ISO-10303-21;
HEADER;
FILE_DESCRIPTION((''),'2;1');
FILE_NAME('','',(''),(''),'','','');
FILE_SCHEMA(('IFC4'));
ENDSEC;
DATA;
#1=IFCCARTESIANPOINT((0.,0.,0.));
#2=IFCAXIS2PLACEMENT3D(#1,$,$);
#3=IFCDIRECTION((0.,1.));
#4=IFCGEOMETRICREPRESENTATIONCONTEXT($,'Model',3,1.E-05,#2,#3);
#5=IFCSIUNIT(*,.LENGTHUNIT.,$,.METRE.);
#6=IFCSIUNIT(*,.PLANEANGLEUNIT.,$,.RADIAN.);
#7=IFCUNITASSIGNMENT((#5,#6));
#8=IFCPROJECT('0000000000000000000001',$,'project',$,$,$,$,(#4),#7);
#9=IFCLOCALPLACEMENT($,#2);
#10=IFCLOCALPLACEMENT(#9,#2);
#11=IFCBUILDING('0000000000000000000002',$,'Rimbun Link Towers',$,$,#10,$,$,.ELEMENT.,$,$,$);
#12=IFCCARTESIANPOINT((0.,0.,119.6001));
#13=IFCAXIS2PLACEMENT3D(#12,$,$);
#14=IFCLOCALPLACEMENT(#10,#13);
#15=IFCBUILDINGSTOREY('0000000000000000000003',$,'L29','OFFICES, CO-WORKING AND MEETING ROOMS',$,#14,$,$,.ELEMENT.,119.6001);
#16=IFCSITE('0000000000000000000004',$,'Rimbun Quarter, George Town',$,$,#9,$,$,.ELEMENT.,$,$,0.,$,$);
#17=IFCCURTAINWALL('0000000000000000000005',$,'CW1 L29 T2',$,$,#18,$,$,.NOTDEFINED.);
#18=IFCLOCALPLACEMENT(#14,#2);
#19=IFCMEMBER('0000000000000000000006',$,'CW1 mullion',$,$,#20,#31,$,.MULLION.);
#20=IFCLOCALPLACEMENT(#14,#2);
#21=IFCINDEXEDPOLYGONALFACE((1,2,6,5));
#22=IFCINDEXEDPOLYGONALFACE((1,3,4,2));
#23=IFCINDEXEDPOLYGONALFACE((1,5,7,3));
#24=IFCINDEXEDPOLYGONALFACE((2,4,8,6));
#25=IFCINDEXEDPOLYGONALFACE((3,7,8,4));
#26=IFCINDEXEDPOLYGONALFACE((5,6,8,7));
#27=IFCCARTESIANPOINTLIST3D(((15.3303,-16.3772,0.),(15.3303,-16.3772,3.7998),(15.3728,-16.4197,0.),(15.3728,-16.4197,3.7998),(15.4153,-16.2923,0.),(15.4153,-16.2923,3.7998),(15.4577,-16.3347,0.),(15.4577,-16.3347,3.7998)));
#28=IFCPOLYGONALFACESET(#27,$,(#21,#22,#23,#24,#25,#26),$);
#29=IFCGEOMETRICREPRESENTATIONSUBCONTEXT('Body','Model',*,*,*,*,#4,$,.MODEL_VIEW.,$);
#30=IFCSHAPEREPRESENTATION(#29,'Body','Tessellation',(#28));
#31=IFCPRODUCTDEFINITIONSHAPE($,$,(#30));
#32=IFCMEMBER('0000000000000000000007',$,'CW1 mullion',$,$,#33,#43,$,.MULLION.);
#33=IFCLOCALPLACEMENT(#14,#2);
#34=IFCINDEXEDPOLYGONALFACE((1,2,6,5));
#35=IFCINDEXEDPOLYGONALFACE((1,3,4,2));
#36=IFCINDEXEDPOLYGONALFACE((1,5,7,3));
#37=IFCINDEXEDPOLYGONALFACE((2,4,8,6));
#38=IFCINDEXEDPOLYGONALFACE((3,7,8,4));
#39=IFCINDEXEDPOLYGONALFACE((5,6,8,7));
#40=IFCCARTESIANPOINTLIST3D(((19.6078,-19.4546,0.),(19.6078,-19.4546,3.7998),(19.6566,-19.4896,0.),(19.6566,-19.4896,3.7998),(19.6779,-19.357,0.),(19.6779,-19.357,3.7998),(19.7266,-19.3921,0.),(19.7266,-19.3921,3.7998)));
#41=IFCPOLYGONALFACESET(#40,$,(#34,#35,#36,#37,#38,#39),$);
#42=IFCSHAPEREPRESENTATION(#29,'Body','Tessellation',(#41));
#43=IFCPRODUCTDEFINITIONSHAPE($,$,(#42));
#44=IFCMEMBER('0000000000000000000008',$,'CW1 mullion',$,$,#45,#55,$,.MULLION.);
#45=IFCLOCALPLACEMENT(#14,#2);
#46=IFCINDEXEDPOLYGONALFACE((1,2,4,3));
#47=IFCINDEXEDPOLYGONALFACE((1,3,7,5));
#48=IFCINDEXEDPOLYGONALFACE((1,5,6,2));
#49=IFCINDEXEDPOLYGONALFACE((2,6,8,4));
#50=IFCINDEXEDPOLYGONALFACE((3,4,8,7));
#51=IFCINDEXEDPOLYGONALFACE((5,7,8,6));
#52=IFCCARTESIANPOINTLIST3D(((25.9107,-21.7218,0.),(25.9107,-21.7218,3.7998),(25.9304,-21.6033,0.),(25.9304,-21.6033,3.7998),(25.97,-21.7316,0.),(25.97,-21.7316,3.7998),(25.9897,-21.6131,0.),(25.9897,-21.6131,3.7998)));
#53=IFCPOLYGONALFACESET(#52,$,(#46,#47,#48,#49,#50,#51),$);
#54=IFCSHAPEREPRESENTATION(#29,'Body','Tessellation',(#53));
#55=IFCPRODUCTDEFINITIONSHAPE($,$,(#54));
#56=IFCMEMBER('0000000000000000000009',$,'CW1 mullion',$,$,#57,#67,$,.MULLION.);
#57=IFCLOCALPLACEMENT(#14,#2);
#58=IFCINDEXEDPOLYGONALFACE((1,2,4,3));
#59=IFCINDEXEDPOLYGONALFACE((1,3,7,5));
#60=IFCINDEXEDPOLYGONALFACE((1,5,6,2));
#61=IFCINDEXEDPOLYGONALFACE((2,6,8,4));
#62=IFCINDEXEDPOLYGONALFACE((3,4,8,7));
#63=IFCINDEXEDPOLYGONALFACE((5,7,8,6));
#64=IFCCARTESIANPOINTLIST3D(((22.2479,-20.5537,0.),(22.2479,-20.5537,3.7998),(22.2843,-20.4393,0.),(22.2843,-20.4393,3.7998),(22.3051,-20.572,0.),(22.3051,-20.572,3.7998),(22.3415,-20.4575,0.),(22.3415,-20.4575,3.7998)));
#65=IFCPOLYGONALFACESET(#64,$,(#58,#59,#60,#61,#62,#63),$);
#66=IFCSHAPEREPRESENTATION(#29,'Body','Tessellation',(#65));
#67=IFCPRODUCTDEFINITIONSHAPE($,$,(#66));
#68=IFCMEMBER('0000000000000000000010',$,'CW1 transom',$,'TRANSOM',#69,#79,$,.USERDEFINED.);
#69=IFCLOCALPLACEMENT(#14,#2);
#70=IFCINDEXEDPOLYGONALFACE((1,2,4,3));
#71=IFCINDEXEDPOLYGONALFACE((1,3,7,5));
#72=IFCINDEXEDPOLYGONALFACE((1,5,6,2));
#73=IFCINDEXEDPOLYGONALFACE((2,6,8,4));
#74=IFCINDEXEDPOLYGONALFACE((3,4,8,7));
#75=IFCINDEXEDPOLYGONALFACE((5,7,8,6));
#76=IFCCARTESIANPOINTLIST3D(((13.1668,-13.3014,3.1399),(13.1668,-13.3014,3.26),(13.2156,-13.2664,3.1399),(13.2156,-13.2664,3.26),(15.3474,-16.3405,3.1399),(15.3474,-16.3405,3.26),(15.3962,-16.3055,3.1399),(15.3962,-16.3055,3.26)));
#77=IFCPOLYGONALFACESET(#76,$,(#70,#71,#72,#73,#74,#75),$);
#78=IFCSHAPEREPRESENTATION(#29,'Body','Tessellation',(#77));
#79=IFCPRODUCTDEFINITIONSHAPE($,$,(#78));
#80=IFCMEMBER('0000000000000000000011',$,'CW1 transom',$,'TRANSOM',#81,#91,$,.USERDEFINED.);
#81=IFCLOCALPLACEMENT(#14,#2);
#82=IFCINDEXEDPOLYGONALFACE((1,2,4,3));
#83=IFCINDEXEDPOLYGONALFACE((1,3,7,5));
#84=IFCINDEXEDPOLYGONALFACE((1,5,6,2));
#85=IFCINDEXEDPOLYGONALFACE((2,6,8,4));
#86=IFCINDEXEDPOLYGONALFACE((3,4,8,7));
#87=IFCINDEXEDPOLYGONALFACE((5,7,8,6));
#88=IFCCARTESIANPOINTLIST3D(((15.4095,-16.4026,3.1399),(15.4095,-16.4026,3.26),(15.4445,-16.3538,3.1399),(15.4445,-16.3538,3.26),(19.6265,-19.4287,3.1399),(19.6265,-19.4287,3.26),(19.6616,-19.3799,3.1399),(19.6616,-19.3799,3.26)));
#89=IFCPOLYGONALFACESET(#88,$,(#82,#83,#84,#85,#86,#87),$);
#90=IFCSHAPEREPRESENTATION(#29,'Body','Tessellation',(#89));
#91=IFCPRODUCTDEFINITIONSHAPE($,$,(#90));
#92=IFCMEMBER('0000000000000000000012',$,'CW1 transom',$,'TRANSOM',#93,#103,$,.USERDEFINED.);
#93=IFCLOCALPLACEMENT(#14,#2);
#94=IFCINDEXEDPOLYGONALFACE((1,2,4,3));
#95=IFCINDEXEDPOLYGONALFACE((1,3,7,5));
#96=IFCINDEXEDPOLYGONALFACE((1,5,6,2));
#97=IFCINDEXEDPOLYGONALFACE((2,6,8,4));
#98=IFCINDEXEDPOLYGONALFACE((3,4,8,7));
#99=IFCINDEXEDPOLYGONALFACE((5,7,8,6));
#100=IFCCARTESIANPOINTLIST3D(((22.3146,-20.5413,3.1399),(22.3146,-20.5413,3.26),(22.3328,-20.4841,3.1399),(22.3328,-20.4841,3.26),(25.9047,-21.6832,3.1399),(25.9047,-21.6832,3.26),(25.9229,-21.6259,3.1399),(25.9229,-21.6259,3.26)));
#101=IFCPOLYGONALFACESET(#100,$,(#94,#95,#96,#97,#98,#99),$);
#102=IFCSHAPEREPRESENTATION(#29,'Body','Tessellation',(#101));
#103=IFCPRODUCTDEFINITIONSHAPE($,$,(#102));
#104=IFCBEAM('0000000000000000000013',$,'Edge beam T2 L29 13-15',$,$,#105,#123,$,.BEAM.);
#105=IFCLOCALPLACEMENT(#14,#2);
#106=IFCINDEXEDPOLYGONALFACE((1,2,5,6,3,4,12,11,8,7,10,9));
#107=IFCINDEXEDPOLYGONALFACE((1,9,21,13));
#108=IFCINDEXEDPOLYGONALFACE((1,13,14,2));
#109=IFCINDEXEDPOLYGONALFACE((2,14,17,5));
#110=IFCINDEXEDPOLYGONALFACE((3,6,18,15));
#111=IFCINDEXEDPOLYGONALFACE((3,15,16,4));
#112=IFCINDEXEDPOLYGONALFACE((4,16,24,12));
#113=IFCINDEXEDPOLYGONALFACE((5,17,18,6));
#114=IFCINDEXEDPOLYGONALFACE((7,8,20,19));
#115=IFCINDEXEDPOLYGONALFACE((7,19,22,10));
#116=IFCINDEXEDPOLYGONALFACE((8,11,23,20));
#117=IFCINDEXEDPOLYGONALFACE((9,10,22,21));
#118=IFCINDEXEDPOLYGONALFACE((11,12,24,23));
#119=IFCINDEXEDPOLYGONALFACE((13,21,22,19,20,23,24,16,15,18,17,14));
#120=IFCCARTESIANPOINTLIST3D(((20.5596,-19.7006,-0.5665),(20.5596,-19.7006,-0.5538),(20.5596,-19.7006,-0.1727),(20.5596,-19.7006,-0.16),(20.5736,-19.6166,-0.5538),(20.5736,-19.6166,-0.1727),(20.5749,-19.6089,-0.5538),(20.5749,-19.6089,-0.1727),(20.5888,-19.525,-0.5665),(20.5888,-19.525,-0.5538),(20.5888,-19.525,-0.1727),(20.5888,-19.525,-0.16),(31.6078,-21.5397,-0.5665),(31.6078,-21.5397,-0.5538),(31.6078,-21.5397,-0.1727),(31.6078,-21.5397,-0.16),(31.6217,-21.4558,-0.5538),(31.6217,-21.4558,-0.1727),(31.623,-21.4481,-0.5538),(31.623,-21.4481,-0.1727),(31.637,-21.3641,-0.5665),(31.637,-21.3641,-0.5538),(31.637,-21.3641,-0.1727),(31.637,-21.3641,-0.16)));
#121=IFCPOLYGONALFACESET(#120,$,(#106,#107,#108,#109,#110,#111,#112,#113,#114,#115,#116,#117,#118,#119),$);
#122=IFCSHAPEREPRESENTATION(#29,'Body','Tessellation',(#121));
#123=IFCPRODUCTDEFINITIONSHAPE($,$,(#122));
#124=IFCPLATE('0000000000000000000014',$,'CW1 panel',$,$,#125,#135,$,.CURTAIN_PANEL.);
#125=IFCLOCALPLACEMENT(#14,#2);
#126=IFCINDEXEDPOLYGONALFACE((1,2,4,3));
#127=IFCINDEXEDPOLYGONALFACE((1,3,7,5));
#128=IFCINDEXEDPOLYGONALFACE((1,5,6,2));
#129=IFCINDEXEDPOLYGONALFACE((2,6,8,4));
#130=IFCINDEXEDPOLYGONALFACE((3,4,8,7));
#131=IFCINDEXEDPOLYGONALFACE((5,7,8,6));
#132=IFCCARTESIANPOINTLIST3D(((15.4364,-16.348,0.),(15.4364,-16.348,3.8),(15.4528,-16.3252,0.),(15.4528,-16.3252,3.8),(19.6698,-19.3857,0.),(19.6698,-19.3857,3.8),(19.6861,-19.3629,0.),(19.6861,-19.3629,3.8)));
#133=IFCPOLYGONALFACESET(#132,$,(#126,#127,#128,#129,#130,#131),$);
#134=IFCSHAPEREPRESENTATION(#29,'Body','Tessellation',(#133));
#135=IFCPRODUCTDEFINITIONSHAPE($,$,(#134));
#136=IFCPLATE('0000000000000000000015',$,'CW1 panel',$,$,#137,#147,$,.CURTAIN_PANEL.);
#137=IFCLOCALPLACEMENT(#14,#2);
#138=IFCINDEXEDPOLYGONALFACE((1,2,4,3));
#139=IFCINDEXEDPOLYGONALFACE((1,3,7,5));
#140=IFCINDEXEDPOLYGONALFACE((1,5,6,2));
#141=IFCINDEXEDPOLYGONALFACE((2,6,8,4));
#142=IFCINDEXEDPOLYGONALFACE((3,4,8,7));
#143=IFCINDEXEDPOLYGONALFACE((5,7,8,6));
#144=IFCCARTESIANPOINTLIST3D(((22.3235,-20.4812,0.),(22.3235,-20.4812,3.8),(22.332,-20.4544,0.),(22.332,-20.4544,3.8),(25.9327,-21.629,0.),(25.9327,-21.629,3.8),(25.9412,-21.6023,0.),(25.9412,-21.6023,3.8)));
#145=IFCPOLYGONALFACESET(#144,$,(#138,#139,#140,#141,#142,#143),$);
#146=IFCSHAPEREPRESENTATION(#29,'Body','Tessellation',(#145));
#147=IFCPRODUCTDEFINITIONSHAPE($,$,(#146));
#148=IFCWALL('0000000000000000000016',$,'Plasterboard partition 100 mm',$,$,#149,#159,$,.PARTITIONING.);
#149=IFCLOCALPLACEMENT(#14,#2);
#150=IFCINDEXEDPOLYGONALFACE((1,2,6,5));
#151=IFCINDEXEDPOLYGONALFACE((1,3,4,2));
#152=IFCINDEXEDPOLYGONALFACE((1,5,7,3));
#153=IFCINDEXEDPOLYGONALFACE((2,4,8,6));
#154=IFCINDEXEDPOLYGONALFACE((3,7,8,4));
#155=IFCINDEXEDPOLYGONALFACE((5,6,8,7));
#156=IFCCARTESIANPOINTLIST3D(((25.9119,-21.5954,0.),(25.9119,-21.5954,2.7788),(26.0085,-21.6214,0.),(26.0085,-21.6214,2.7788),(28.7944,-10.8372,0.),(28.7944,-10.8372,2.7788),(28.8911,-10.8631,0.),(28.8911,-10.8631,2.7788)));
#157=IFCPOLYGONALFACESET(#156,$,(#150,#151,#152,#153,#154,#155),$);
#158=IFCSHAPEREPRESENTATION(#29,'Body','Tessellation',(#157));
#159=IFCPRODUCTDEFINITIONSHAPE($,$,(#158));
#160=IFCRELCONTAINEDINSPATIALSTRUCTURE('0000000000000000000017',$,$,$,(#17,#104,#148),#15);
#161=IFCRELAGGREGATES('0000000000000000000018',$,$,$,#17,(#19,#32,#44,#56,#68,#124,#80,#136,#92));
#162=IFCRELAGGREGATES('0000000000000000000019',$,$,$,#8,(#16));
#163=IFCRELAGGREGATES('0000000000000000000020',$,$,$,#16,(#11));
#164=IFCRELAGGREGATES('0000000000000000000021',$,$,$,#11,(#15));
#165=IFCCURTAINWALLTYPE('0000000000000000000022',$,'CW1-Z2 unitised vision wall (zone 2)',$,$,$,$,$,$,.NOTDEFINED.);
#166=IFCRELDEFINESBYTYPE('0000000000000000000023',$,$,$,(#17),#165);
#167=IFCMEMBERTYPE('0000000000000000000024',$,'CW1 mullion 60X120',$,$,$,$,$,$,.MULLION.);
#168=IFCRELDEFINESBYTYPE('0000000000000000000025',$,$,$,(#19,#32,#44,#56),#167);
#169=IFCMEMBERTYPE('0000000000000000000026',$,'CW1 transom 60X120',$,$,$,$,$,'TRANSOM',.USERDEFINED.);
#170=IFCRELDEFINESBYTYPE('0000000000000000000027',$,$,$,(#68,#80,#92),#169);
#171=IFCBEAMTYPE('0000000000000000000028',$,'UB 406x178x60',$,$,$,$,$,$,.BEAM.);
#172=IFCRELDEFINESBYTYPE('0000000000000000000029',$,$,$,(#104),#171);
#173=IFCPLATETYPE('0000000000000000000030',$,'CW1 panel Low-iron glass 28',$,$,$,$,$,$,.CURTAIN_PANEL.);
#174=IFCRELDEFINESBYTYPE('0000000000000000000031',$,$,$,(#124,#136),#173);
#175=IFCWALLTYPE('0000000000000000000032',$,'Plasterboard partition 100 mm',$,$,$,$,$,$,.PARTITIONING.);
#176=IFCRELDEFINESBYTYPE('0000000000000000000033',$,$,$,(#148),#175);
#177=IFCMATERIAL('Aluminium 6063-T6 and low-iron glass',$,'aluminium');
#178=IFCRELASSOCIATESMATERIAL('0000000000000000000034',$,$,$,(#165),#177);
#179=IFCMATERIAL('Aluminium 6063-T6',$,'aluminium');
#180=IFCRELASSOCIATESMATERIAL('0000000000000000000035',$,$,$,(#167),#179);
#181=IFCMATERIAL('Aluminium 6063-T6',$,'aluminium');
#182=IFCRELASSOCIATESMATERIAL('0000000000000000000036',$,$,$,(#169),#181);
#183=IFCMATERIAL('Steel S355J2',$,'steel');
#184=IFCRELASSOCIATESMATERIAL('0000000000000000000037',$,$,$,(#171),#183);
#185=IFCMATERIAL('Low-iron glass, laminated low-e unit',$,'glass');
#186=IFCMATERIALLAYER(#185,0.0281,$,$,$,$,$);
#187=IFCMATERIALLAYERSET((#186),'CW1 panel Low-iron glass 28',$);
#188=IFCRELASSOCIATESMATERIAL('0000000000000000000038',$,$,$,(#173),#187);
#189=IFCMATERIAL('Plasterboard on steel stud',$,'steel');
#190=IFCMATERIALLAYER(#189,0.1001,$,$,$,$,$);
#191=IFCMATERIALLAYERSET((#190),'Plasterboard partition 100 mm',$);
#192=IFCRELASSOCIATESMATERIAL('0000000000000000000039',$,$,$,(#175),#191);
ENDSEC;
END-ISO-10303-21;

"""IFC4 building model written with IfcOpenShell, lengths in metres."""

from ifc_helpers import new_model, si_unit, direction, frame, frame_2d, origin, origin_2d, place, context, subcontext, project, spatial, rectangle, i_section, extrude, material, layer, layer_set, material_profile, profile_set, type_object, element, aggregate, save


model = new_model("IFC4")

# Units and contexts
model_context = context("Model", 3, precision=1e-05, world=origin(), true_north=direction((0.0, 1.0)))
body_context = subcontext(model_context, "Body", "Model", "MODEL_VIEW")
ifc_project = project(units=[si_unit("LENGTHUNIT", "METRE"), si_unit("PLANEANGLEUNIT", "RADIAN")], contexts=[model_context])

# Site, building, storey
site_placement = place(None, origin())
site = spatial("IfcSite", under=ifc_project, at=site_placement, Name="Rimbun Quarter, George Town", CompositionType="ELEMENT", RefElevation=0.0)
building_placement = place(site_placement, origin())
building = spatial("IfcBuilding", under=site, at=building_placement, Name="Rimbun Link Towers", CompositionType="ELEMENT")
storey_placement = place(building_placement, frame((0.0, 0.0, 119.6001)))
storey = spatial("IfcBuildingStorey", under=building, at=storey_placement, Name="L29", Description="OFFICES, CO-WORKING AND MEETING ROOMS", CompositionType="ELEMENT", Elevation=119.6001)

# Curtain wall, members
ifc_material_1 = material(Name="Aluminium 6063-T6 and low-iron glass", Category="aluminium")
curtain_wall_type = type_object("IfcCurtainWallType", Name="CW1-Z2 unitised vision wall (zone 2)", PredefinedType="NOTDEFINED", material=ifc_material_1)
curtain_wall_placement = place(storey_placement, origin())
curtain_wall = element("IfcCurtainWall", 1, at=curtain_wall_placement, inside=storey, type_object=curtain_wall_type, Name="CW1 L29 T2", PredefinedType="NOTDEFINED")
ifc_material_2 = material(Name="Aluminium 6063-T6", Category="aluminium")
ifc_material_profile_1 = material_profile(ifc_material_2, rectangle(XDim=0.1201, YDim=0.0601, at=origin_2d()), Name="MULLION 60X120")
ifc_profile_set_1 = profile_set([ifc_material_profile_1], Name="Aluminium 6063-T6")
member_type_1 = type_object("IfcMemberType", Name="CW1 mullion 60X120", PredefinedType="MULLION", material=ifc_profile_set_1)
member_1_placement = place(storey_placement, frame((15.394, -16.356, 0.0), z_axis=(0.0, 0.0, 1.0), x_axis=(-0.707107, -0.707107, 0.0)))
member_1 = element("IfcMember", 2, at=member_1_placement, type_object=member_type_1, Name="CW1 mullion", PredefinedType="MULLION", context=body_context, shape_type="SweptSolid", body=[
    extrude(rectangle(XDim=0.1201, YDim=0.0601, at=origin_2d()), origin(), (0.0, 0.0, 1.0), 3.7998),
])
member_2_placement = place(storey_placement, frame((19.6672, -19.4233, 0.0), z_axis=(0.0, 0.0, 1.0), x_axis=(-0.583004, -0.812469, 0.0)))
member_2 = element("IfcMember", 3, at=member_2_placement, type_object=member_type_1, Name="CW1 mullion", PredefinedType="MULLION", context=body_context, shape_type="SweptSolid", body=[
    extrude(rectangle(XDim=0.1201, YDim=0.0601, at=origin_2d()), origin(), (0.0, 0.0, 1.0), 3.7998),
])
member_3_placement = place(storey_placement, frame((25.9502, -21.6675, 0.0), z_axis=(0.0, 0.0, 1.0), x_axis=(-0.163751, -0.986502, 0.0)))
member_3 = element("IfcMember", 4, at=member_3_placement, type_object=member_type_1, Name="CW1 mullion", PredefinedType="MULLION", context=body_context, shape_type="SweptSolid", body=[
    extrude(rectangle(XDim=0.1201, YDim=0.0601, at=origin_2d()), origin(), (0.0, 0.0, 1.0), 3.7998),
])
member_4_placement = place(storey_placement, frame((22.2947, -20.5056, 0.0), z_axis=(0.0, 0.0, 1.0), x_axis=(-0.303073, -0.952967, 0.0)))
member_4 = element("IfcMember", 5, at=member_4_placement, type_object=member_type_1, Name="CW1 mullion", PredefinedType="MULLION", context=body_context, shape_type="SweptSolid", body=[
    extrude(rectangle(XDim=0.1201, YDim=0.0601, at=origin_2d()), origin(), (0.0, 0.0, 1.0), 3.7998),
])
ifc_material_3 = material(Name="Aluminium 6063-T6", Category="aluminium")
ifc_material_profile_2 = material_profile(ifc_material_3, rectangle(XDim=0.0601, YDim=0.1201, at=origin_2d()), Name="TRANSOM 60X120")
ifc_profile_set_2 = profile_set([ifc_material_profile_2], Name="Aluminium 6063-T6")
member_type_2 = type_object("IfcMemberType", Name="CW1 transom 60X120", ElementType="TRANSOM", PredefinedType="USERDEFINED", material=ifc_profile_set_2)
member_5_placement = place(storey_placement, frame((15.3718, -16.323, 3.2), z_axis=(-0.58299, 0.812479, 0.0), x_axis=(-0.812479, -0.58299, 0.0)))
member_5 = element("IfcMember", 6, at=member_5_placement, type_object=member_type_2, Name="CW1 transom", ObjectType="TRANSOM", PredefinedType="USERDEFINED", context=body_context, shape_type="SweptSolid", body=[
    extrude(rectangle(XDim=0.0601, YDim=0.1201, at=origin_2d()), origin(), (0.0, 0.0, 1.0), 3.7405),
])
member_6_placement = place(storey_placement, frame((19.644, -19.4043, 3.2), z_axis=(-0.81246, 0.583017, 0.0), x_axis=(-0.583017, -0.81246, 0.0)))
member_6 = element("IfcMember", 7, at=member_6_placement, type_object=member_type_2, Name="CW1 transom", ObjectType="TRANSOM", PredefinedType="USERDEFINED", context=body_context, shape_type="SweptSolid", body=[
    extrude(rectangle(XDim=0.0601, YDim=0.1201, at=origin_2d()), origin(), (0.0, 0.0, 1.0), 5.1904),
])
member_7_placement = place(storey_placement, frame((25.9138, -21.6545, 3.2), z_axis=(-0.952961, 0.303094, 0.0), x_axis=(-0.303094, -0.952961, 0.0)))
member_7 = element("IfcMember", 8, at=member_7_placement, type_object=member_type_2, Name="CW1 transom", ObjectType="TRANSOM", PredefinedType="USERDEFINED", context=body_context, shape_type="SweptSolid", body=[
    extrude(rectangle(XDim=0.0601, YDim=0.1201, at=origin_2d()), origin(), (0.0, 0.0, 1.0), 3.7673),
])

# Beam
ifc_material_4 = material(Name="Steel S355J2", Category="steel")
ifc_material_profile_3 = material_profile(ifc_material_4, i_section(OverallWidth=0.178, OverallDepth=0.4065, WebThickness=0.0078, FlangeThickness=0.0127, at=origin_2d()), Name="UB 406x178x60")
ifc_profile_set_3 = profile_set([ifc_material_profile_3], Name="Steel S355J2")
beam_type = type_object("IfcBeamType", Name="UB 406x178x60", PredefinedType="BEAM", material=ifc_profile_set_3)
beam_placement = place(storey_placement, frame((20.5742, -19.6128, -0.3633), z_axis=(0.986426, -0.164205, 0.0), x_axis=(0.164205, 0.986426, 0.0)))
element("IfcBeam", 9, at=beam_placement, inside=storey, type_object=beam_type, Name="Edge beam T2 L29 13-15", PredefinedType="BEAM", context=body_context, shape_type="SweptSolid", body=[
    extrude(i_section(OverallWidth=0.178, OverallDepth=0.4065, WebThickness=0.0078, FlangeThickness=0.0127, at=origin_2d()), origin(), (0.0, 0.0, 1.0), 11.2002),
])

# Plates
ifc_material_5 = material(Name="Low-iron glass, laminated low-e unit", Category="glass")
ifc_layer_1 = layer(ifc_material_5, 0.0281)
ifc_layer_set_1 = layer_set([ifc_layer_1], Name="CW1 panel Low-iron glass 28")
plate_type = type_object("IfcPlateType", Name="CW1 panel Low-iron glass 28", PredefinedType="CURTAIN_PANEL", material=ifc_layer_set_1)
plate_1_placement = place(storey_placement, frame((17.5613, -17.8555, 0.0), z_axis=(0.0, 0.0, 1.0), x_axis=(-0.812469, 0.583004, 0.0)))
plate_1 = element("IfcPlate", 10, at=plate_1_placement, type_object=plate_type, Name="CW1 panel", PredefinedType="CURTAIN_PANEL", context=body_context, shape_type="SweptSolid", body=[
    extrude(rectangle(XDim=5.2104, YDim=0.0281, at=origin_2d()), origin(), (0.0, 0.0, 1.0), 3.8),
])
plate_2_placement = place(storey_placement, frame((24.1323, -21.0417, 0.0), z_axis=(0.0, 0.0, 1.0), x_axis=(-0.952967, 0.303073, 0.0)))
plate_2 = element("IfcPlate", 11, at=plate_2_placement, type_object=plate_type, Name="CW1 panel", PredefinedType="CURTAIN_PANEL", context=body_context, shape_type="SweptSolid", body=[
    extrude(rectangle(XDim=3.7874, YDim=0.0281, at=origin_2d()), origin(), (0.0, 0.0, 1.0), 3.8),
])
aggregate(curtain_wall, [member_1, member_2, member_3, member_4, member_5, plate_1, member_6, plate_2, member_7])

# Wall
ifc_material_6 = material(Name="Plasterboard on steel stud", Category="steel")
ifc_layer_2 = layer(ifc_material_6, 0.1001)
ifc_layer_set_2 = layer_set([ifc_layer_2], Name="Plasterboard partition 100 mm")
wall_type = type_object("IfcWallType", Name="Plasterboard partition 100 mm", PredefinedType="PARTITIONING", material=ifc_layer_set_2)
wall_placement = place(storey_placement, frame((25.9602, -21.6084, 0.0), z_axis=(0.0, 0.0, 1.0), x_axis=(0.25881, 0.965928, 0.0)))
element("IfcWall", 12, at=wall_placement, inside=storey, type_object=wall_type, Name="Plasterboard partition 100 mm", PredefinedType="PARTITIONING", context=body_context, shape_type="SweptSolid", body=[
    extrude(rectangle(XDim=11.1377, YDim=0.1001, at=frame_2d((5.5688, 0.0))), origin(), (0.0, 0.0, 1.0), 2.7788),
])

save(model, "model.ifc")
